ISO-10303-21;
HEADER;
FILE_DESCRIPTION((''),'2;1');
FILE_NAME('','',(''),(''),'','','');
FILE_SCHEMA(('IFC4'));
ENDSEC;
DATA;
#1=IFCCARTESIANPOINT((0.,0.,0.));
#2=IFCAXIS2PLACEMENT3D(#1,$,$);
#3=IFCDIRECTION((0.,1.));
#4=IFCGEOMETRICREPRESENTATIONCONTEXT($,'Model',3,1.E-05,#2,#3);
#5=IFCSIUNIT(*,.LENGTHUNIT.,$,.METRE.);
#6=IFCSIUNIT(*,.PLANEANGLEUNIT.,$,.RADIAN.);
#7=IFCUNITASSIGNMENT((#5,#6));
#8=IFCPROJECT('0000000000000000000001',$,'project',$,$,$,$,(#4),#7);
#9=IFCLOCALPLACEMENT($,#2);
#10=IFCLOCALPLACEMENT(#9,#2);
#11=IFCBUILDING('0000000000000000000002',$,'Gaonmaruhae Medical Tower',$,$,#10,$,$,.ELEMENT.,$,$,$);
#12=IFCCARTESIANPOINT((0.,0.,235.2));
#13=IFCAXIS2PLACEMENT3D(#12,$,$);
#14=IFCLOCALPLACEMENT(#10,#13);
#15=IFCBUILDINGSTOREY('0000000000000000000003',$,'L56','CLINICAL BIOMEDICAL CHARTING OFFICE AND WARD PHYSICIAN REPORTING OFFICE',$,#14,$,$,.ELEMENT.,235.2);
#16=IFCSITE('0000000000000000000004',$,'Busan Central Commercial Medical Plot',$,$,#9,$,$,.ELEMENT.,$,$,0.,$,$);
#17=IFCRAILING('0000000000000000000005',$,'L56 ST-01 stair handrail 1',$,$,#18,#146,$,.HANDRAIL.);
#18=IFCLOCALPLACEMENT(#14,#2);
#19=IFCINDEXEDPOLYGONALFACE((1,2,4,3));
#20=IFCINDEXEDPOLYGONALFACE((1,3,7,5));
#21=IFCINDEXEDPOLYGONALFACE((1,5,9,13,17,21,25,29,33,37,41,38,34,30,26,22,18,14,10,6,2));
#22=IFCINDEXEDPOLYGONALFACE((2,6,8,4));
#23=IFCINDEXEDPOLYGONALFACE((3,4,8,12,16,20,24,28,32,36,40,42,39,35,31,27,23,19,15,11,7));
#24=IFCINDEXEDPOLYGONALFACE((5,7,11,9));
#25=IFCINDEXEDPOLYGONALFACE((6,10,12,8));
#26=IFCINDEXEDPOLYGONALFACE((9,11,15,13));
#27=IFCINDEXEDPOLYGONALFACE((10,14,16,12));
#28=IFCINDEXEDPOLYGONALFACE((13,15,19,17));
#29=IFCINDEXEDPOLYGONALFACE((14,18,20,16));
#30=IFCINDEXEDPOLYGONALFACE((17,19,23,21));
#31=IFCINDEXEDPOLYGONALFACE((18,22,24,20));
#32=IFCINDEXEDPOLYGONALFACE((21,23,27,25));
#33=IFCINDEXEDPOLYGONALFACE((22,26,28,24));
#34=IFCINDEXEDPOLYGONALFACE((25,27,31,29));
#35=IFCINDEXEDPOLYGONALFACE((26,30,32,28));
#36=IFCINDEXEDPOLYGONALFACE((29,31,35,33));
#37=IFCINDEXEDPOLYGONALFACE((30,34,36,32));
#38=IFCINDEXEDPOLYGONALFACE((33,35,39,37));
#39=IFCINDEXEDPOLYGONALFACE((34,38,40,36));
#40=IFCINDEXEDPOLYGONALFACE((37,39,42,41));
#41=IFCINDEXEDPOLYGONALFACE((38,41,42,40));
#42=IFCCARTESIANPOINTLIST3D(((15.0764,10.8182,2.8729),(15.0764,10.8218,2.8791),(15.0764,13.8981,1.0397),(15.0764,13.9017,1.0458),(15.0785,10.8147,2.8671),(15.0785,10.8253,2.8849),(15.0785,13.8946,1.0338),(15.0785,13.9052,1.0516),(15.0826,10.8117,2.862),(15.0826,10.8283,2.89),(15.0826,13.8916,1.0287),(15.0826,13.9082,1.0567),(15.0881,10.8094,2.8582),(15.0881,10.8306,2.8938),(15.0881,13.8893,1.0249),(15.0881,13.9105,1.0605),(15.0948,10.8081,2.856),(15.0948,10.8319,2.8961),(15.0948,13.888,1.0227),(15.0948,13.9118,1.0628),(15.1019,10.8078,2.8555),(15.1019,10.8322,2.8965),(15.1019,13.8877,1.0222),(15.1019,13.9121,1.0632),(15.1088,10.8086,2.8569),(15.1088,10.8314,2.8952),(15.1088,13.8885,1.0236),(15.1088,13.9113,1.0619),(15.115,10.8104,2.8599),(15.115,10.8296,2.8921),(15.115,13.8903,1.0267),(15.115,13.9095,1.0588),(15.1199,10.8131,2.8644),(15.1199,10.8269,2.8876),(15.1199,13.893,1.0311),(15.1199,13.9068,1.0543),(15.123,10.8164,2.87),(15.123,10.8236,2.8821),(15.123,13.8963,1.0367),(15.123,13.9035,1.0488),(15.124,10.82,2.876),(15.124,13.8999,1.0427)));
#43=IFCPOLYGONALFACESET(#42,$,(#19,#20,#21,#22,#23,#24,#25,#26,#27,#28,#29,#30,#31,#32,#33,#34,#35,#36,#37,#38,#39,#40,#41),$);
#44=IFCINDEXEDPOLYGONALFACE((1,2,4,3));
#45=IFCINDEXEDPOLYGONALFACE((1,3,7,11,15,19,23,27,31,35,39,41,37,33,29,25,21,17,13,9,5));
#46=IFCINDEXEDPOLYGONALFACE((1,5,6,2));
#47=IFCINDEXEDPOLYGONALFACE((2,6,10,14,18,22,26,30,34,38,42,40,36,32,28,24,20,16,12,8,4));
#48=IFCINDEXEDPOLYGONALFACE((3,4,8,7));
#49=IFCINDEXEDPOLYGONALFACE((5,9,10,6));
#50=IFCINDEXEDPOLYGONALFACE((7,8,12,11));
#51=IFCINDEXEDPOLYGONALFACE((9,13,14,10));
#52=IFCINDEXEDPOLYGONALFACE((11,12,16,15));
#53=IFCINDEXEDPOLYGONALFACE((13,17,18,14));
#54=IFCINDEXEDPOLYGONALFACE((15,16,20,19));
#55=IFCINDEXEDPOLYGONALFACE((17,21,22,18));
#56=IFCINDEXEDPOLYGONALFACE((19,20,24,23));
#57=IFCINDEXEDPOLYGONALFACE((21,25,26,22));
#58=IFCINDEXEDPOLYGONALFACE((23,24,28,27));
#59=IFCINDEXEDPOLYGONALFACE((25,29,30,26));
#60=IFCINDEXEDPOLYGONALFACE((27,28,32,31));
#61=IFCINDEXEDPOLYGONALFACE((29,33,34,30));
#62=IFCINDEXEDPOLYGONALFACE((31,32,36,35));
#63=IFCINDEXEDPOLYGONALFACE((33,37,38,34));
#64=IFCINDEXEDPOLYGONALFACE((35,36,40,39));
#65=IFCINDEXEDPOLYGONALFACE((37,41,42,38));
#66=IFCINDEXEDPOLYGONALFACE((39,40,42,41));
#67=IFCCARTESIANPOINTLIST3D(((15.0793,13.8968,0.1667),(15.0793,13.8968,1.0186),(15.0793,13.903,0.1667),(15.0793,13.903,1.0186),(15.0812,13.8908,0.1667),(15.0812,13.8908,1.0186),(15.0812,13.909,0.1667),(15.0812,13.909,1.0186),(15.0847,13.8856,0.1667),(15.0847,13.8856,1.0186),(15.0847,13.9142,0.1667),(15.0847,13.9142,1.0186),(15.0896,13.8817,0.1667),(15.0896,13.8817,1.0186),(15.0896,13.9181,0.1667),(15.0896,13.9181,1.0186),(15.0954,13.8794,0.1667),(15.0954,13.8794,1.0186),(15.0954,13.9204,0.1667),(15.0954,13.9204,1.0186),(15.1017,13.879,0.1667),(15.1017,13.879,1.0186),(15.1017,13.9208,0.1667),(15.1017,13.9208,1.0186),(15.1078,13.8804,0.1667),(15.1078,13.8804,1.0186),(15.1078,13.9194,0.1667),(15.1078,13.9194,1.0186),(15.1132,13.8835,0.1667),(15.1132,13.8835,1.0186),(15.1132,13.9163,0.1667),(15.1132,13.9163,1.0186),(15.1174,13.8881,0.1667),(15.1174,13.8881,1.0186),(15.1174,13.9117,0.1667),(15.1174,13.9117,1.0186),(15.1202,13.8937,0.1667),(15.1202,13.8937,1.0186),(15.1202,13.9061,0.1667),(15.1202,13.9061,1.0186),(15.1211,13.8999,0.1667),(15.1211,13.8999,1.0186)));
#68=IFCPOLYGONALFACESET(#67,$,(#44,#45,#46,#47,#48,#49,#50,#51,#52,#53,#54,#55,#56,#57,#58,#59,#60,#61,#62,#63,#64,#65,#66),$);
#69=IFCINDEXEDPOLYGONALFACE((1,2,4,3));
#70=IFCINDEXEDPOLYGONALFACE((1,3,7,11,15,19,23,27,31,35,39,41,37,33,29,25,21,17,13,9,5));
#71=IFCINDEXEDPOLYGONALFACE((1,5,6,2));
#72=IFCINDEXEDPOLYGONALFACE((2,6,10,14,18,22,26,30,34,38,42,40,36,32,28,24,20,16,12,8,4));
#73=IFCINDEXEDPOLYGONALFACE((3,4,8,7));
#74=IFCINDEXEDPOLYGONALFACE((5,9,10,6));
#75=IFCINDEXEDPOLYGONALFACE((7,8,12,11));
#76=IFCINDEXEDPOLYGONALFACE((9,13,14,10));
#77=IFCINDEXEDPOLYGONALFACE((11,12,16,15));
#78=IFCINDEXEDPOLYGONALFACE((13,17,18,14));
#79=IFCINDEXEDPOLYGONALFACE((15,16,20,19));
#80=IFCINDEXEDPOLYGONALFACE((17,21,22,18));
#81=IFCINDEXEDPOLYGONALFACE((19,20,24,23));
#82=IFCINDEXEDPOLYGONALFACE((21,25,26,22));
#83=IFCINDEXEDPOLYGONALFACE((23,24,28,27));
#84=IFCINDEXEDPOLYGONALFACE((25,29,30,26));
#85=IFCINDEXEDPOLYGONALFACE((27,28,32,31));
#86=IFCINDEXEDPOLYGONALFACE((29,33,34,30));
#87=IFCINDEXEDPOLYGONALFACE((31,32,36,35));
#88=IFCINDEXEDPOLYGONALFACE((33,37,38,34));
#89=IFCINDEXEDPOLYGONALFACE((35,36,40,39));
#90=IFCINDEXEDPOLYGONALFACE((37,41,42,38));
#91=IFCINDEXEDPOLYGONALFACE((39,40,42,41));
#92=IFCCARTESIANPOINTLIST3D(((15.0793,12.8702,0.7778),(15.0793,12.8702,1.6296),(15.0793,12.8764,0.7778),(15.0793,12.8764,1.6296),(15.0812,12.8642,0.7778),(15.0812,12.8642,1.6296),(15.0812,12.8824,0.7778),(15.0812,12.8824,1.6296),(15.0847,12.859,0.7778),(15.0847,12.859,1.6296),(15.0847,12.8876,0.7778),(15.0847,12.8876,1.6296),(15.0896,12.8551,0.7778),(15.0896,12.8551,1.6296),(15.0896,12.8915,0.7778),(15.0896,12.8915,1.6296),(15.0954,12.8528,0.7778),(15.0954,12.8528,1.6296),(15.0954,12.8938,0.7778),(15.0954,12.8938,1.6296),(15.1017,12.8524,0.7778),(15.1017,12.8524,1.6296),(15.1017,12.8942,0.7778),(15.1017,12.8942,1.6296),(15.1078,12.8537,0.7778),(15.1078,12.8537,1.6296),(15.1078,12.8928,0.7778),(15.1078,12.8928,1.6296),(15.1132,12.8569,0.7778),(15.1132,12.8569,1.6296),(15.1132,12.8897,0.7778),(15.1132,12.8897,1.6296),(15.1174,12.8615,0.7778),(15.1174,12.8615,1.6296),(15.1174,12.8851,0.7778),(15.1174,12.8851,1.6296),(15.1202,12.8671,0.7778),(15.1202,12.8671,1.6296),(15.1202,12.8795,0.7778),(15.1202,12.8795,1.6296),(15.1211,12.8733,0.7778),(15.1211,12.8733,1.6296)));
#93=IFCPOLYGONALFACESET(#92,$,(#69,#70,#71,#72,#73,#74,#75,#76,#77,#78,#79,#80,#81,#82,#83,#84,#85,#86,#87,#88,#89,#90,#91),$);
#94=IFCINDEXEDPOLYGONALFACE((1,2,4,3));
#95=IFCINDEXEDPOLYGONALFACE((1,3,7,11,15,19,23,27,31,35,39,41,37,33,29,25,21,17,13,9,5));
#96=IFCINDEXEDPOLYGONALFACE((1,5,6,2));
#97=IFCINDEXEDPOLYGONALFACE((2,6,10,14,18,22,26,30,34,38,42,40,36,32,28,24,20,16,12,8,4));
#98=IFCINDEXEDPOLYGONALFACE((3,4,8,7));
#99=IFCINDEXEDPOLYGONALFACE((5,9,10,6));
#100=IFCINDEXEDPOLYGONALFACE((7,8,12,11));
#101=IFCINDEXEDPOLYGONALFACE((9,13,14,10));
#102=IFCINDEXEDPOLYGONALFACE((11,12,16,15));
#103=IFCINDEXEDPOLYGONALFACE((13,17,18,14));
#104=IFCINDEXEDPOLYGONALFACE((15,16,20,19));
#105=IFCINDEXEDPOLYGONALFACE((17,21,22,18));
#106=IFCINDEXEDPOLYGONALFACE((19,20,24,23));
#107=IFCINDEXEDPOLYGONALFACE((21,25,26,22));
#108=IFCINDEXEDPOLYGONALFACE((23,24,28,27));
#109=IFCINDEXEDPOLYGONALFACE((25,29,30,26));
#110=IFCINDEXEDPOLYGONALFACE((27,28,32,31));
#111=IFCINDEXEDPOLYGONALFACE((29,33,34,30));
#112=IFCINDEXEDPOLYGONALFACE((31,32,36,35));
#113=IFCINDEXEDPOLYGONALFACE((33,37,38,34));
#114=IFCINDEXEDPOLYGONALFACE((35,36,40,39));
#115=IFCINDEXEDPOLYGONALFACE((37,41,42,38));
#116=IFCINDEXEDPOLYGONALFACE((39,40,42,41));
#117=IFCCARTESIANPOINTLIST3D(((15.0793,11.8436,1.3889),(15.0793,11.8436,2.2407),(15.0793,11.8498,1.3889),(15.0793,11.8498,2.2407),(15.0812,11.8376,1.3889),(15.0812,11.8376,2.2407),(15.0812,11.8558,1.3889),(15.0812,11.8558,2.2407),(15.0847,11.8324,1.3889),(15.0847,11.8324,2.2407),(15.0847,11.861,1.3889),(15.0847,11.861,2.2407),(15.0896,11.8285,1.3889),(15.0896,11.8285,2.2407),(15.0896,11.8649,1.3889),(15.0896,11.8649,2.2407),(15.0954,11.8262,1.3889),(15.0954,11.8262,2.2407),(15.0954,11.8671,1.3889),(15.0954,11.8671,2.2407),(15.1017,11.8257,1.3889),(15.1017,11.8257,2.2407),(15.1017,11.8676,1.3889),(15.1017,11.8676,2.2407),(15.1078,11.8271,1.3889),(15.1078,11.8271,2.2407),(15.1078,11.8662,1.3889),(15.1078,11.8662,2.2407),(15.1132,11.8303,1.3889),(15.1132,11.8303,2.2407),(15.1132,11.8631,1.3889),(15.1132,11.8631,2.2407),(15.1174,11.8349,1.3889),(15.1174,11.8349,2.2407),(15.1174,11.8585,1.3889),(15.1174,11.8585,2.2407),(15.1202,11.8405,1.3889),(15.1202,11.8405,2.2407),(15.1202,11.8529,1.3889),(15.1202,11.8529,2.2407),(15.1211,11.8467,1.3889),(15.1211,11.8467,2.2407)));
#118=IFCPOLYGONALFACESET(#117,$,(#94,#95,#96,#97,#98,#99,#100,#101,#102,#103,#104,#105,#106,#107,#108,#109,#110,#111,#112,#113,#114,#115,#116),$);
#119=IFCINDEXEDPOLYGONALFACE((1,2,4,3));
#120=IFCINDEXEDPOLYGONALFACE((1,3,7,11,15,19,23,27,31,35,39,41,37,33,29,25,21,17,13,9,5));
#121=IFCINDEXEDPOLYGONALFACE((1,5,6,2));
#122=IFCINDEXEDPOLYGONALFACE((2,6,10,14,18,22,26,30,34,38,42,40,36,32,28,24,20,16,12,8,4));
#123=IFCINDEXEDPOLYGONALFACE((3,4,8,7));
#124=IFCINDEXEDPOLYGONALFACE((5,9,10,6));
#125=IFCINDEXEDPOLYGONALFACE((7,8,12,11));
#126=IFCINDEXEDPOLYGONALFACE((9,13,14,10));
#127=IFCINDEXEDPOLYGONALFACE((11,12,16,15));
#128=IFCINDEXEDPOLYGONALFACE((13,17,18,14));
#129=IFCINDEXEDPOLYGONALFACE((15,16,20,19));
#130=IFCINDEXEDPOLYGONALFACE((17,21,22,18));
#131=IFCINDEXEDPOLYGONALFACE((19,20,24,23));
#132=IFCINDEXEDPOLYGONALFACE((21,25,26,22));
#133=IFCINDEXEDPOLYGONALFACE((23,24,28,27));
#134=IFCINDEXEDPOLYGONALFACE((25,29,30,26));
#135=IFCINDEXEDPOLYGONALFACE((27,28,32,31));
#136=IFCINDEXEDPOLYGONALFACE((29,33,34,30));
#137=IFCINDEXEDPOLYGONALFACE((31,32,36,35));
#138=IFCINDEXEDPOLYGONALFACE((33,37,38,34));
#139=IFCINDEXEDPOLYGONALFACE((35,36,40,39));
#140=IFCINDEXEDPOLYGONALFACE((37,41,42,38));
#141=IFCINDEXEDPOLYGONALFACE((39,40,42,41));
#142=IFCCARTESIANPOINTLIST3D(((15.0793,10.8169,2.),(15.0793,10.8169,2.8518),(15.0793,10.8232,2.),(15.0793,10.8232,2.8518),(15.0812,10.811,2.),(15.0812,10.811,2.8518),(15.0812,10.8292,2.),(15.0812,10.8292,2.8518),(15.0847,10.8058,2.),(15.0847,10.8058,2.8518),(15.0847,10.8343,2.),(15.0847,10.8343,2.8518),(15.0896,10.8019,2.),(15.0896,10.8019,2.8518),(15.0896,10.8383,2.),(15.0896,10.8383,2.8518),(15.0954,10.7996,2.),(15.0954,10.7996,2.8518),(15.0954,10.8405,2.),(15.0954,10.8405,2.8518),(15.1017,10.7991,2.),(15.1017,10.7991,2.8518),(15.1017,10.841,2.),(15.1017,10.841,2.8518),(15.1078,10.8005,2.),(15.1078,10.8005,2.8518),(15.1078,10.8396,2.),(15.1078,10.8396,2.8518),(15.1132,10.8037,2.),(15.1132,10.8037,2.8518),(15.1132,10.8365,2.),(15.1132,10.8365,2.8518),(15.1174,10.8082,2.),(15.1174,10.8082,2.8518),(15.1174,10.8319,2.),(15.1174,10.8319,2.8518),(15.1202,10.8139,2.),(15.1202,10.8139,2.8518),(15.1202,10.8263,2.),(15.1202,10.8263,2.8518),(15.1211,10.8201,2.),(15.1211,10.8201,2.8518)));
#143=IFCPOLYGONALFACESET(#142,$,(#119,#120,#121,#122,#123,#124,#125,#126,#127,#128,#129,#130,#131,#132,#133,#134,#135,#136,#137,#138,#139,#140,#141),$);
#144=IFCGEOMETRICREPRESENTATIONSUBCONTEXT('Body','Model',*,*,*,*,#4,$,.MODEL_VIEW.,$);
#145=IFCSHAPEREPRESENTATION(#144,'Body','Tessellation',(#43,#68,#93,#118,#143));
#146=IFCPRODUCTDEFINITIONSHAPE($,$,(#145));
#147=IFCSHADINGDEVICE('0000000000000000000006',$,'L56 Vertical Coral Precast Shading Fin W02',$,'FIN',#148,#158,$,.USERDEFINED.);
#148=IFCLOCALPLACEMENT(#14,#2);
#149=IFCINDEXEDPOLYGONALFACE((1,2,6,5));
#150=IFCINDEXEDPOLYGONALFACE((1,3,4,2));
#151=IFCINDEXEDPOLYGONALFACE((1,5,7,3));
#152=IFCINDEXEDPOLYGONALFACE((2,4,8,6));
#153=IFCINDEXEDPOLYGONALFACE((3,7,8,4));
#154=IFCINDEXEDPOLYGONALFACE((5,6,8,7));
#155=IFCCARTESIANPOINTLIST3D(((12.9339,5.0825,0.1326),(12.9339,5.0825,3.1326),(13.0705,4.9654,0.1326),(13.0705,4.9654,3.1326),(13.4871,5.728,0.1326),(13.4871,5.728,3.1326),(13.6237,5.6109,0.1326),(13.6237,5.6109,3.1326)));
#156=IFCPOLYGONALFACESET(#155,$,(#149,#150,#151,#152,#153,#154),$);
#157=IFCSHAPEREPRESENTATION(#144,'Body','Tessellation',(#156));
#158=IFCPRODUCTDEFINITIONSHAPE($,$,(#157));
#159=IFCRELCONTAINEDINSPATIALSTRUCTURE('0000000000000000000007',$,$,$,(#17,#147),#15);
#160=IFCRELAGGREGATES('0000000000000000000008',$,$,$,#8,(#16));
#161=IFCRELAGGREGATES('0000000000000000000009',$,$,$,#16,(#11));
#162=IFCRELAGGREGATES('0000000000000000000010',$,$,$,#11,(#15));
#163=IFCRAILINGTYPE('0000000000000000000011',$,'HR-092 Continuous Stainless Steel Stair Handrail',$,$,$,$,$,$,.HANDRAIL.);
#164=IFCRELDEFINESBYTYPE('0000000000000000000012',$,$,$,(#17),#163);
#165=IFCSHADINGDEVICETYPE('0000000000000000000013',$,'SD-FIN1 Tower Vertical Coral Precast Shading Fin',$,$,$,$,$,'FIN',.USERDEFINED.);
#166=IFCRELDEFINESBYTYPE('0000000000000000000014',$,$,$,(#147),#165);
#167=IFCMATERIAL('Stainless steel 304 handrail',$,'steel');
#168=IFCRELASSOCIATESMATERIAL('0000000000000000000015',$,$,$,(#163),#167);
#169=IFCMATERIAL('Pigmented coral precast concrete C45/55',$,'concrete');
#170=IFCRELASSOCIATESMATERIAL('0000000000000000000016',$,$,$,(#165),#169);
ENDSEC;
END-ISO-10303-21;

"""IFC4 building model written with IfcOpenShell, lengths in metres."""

from ifc_helpers import new_model, si_unit, direction, frame, origin, origin_2d, place, context, subcontext, project, spatial, rectangle, circle, extrude, material, type_object, element, save


model = new_model("IFC4")

# Units and contexts
model_context = context("Model", 3, precision=1e-05, world=origin(), true_north=direction((0.0, 1.0)))
body_context = subcontext(model_context, "Body", "Model", "MODEL_VIEW")
ifc_project = project(units=[si_unit("LENGTHUNIT", "METRE"), si_unit("PLANEANGLEUNIT", "RADIAN")], contexts=[model_context])

# Site, building, storey
site_placement = place(None, origin())
site = spatial("IfcSite", under=ifc_project, at=site_placement, Name="Busan Central Commercial Medical Plot", CompositionType="ELEMENT", RefElevation=0.0)
building_placement = place(site_placement, origin())
building = spatial("IfcBuilding", under=site, at=building_placement, Name="Gaonmaruhae Medical Tower", CompositionType="ELEMENT")
storey_placement = place(building_placement, frame((0.0, 0.0, 235.2)))
storey = spatial("IfcBuildingStorey", under=building, at=storey_placement, Name="L56", Description="CLINICAL BIOMEDICAL CHARTING OFFICE AND WARD PHYSICIAN REPORTING OFFICE", CompositionType="ELEMENT", Elevation=235.2)

# Railing
ifc_material_1 = material(Name="Stainless steel 304 handrail", Category="steel")
railing_type_1 = type_object("IfcRailingType", Name="HR-092 Continuous Stainless Steel Stair Handrail", PredefinedType="HANDRAIL", material=ifc_material_1)
railing_1_placement = place(storey_placement, frame((15.1001, 13.8999, 0.1667)))
element("IfcRailing", 1, at=railing_1_placement, inside=storey, type_object=railing_type_1, Name="L56 ST-01 stair handrail 1", PredefinedType="HANDRAIL", context=body_context, shape_type="SweptSolid", body=[
    extrude(circle(Radius=0.0239, at=origin_2d()), frame((0.0, 0.0, 0.876), z_axis=(0.0, -0.859291, 0.511487), x_axis=(1.0, 0.0, 0.0)), (0.0, 0.0, 1.0), 3.5842),
    extrude(circle(Radius=0.021, at=origin_2d()), origin(), (0.0, 0.0, 1.0), 0.8518),
    extrude(circle(Radius=0.021, at=origin_2d()), frame((0.0, -1.0266, 0.6111)), (0.0, 0.0, 1.0), 0.8518),
    extrude(circle(Radius=0.021, at=origin_2d()), frame((0.0, -2.0532, 1.2222)), (0.0, 0.0, 1.0), 0.8518),
    extrude(circle(Radius=0.021, at=origin_2d()), frame((0.0, -3.0798, 1.8333)), (0.0, 0.0, 1.0), 0.8518),
])

# Shading device
ifc_material_2 = material(Name="Pigmented coral precast concrete C45/55", Category="concrete")
shading_device_type = type_object("IfcShadingDeviceType", Name="SD-FIN1 Tower Vertical Coral Precast Shading Fin", ElementType="FIN", PredefinedType="USERDEFINED", material=ifc_material_2)
shading_device_placement = place(storey_placement, frame((13.2788, 5.3467, 0.1326), z_axis=(0.0, 0.0, 1.0), x_axis=(-0.759271, 0.650774, 0.0)))
element("IfcShadingDevice", 2, at=shading_device_placement, inside=storey, type_object=shading_device_type, Name="L56 Vertical Coral Precast Shading Fin W02", ObjectType="FIN", PredefinedType="USERDEFINED", context=body_context, shape_type="SweptSolid", body=[
    extrude(rectangle(XDim=0.1799, YDim=0.8501, at=origin_2d()), origin(), (0.0, 0.0, 1.0), 3.0),
])

save(model, "model.ifc")
